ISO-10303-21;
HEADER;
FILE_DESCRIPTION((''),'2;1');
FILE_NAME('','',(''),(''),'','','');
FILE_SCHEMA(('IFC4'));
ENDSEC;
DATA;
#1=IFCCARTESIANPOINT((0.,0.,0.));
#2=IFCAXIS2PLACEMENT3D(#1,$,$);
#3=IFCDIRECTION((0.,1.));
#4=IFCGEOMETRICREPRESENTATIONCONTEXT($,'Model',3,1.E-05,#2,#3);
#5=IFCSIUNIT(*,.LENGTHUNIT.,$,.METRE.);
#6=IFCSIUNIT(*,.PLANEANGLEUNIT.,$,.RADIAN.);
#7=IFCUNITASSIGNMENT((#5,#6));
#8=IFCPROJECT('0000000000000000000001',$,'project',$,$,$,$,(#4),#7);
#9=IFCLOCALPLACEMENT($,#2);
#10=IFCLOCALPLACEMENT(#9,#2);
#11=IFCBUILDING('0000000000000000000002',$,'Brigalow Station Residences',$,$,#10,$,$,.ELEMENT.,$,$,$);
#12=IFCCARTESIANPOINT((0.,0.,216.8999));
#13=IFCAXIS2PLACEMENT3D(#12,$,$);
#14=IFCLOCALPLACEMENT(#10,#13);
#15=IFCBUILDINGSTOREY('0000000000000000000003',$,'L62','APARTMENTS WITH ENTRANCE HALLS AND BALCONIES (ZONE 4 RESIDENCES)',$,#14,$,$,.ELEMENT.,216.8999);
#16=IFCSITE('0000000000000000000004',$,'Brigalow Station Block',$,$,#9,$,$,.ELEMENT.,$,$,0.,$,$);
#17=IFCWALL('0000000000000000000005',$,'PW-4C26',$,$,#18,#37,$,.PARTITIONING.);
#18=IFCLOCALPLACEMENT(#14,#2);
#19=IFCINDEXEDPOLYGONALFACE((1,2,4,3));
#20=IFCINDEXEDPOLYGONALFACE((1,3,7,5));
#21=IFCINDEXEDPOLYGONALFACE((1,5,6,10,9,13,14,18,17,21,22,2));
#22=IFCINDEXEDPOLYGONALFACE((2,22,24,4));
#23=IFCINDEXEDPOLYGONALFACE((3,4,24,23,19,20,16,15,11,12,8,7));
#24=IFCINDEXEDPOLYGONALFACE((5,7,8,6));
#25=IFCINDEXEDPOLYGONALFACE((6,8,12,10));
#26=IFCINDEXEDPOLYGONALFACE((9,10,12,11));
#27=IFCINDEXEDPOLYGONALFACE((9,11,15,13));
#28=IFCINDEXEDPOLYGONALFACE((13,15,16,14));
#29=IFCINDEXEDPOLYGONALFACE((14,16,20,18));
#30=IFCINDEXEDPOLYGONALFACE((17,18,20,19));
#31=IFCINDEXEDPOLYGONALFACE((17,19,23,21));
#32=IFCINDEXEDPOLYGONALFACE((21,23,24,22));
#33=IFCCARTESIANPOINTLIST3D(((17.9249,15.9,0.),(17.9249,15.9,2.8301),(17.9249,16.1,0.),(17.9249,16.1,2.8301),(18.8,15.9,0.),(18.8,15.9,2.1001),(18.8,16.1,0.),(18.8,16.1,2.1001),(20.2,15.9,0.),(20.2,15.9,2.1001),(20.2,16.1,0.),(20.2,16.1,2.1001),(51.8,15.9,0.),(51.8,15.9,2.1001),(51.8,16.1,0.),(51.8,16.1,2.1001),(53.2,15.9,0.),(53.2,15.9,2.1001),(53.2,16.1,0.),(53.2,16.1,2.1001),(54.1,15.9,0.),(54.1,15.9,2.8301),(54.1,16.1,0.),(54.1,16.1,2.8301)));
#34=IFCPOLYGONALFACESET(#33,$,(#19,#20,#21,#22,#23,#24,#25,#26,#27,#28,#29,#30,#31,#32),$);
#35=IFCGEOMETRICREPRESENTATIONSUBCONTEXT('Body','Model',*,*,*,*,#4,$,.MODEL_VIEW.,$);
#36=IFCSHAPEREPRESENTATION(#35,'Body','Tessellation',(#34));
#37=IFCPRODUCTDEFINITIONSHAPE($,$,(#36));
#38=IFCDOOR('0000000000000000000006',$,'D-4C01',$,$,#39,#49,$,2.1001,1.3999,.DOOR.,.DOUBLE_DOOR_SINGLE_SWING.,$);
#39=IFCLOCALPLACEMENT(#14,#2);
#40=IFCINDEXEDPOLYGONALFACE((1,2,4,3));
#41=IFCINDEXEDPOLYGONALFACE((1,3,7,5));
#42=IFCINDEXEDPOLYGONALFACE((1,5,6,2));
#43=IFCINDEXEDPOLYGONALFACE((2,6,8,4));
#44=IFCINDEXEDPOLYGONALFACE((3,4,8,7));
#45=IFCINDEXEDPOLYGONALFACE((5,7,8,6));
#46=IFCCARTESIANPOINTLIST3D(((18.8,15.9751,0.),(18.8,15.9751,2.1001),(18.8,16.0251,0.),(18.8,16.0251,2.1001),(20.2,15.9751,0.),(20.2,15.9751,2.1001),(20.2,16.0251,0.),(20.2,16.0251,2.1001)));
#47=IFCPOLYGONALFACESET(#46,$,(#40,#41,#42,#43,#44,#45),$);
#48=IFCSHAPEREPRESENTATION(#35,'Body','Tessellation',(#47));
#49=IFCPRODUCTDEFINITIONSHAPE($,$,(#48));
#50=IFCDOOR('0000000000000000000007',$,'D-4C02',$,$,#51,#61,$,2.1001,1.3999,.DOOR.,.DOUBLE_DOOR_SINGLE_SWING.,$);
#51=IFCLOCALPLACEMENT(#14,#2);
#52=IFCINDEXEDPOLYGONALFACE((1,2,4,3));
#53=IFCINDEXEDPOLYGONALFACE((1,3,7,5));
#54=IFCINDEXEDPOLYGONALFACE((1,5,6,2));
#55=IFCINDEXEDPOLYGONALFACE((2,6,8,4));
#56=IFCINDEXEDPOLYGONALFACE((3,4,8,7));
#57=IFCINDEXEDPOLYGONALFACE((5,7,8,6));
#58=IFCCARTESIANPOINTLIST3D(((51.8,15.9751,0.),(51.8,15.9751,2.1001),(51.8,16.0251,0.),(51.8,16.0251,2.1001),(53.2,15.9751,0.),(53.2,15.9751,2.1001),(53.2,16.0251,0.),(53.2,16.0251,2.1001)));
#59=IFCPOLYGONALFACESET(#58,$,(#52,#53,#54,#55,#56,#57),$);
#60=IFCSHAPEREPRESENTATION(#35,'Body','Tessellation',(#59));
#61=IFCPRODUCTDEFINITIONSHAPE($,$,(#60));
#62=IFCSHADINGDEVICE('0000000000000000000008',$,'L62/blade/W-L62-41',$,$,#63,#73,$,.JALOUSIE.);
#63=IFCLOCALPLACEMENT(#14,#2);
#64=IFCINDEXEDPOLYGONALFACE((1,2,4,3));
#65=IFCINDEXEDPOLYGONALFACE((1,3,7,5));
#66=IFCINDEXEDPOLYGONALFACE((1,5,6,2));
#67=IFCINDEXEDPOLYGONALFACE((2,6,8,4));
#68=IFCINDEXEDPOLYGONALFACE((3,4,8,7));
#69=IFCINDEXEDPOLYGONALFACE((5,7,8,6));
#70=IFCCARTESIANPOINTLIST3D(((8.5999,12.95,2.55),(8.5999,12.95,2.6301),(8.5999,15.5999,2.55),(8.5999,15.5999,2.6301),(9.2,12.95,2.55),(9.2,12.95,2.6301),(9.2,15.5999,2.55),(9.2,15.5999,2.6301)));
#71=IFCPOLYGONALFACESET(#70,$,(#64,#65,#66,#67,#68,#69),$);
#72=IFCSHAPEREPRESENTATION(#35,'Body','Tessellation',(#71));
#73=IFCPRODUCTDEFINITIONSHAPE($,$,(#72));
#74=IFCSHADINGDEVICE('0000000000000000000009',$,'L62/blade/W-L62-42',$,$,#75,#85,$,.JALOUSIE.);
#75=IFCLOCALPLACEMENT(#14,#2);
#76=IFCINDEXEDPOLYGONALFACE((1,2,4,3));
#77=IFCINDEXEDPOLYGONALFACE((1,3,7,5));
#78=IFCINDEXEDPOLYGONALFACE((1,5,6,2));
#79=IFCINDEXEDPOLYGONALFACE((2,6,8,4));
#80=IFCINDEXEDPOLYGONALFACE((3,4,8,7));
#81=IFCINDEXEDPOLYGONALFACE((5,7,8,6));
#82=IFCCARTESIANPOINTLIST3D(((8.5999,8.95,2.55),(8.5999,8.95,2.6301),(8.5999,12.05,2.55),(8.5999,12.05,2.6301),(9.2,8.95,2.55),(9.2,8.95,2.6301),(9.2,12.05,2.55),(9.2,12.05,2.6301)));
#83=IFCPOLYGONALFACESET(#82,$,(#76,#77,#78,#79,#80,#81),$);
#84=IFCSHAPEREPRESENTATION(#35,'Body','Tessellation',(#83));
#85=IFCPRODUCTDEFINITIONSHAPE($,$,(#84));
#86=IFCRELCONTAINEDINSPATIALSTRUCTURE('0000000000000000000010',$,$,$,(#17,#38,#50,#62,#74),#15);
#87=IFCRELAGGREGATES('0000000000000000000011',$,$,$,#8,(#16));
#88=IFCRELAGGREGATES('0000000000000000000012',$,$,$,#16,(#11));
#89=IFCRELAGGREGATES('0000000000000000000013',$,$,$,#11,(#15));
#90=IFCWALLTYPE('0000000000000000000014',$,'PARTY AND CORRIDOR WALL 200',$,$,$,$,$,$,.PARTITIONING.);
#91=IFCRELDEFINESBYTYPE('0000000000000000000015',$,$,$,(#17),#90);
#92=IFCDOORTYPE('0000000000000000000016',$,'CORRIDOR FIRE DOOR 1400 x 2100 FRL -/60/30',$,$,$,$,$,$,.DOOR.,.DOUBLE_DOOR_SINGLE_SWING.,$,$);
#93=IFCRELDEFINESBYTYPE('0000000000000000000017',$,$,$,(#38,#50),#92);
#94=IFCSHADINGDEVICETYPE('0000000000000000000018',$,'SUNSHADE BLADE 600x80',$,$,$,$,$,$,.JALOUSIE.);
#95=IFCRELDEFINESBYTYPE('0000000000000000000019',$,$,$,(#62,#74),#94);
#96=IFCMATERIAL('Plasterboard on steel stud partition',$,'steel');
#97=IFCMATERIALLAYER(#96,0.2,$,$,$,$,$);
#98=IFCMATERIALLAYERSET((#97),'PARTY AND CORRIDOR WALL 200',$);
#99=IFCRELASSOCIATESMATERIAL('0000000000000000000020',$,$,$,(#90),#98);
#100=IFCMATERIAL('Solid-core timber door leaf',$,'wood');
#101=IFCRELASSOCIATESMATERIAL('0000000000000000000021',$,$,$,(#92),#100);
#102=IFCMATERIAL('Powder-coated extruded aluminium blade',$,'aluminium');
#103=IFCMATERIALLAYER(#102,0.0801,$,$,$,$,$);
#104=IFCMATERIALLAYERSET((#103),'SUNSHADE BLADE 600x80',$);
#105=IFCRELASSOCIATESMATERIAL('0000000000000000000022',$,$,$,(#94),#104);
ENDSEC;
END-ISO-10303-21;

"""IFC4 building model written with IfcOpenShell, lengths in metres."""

from ifc_helpers import new_model, si_unit, direction, frame, frame_2d, origin, origin_2d, place, context, subcontext, project, spatial, rectangle, extrude, material, layer, layer_set, type_object, element, fill, save


model = new_model("IFC4")

# Units and contexts
model_context = context("Model", 3, precision=1e-05, world=origin(), true_north=direction((0.0, 1.0)))
body_context = subcontext(model_context, "Body", "Model", "MODEL_VIEW")
ifc_project = project(units=[si_unit("LENGTHUNIT", "METRE"), si_unit("PLANEANGLEUNIT", "RADIAN")], contexts=[model_context])

# Site, building, storey
site_placement = place(None, origin())
site = spatial("IfcSite", under=ifc_project, at=site_placement, Name="Brigalow Station Block", CompositionType="ELEMENT", RefElevation=0.0)
building_placement = place(site_placement, origin())
building = spatial("IfcBuilding", under=site, at=building_placement, Name="Brigalow Station Residences", CompositionType="ELEMENT")
storey_placement = place(building_placement, frame((0.0, 0.0, 216.8999)))
storey = spatial("IfcBuildingStorey", under=building, at=storey_placement, Name="L62", Description="APARTMENTS WITH ENTRANCE HALLS AND BALCONIES (ZONE 4 RESIDENCES)", CompositionType="ELEMENT", Elevation=216.8999)

# Wall, openings, doors
ifc_material_1 = material(Name="Plasterboard on steel stud partition", Category="steel")
ifc_layer_1 = layer(ifc_material_1, 0.2)
ifc_layer_set_1 = layer_set([ifc_layer_1], Name="PARTY AND CORRIDOR WALL 200")
wall_type_1 = type_object("IfcWallType", Name="PARTY AND CORRIDOR WALL 200", PredefinedType="PARTITIONING", material=ifc_layer_set_1)
wall_1_placement = place(storey_placement, frame((17.925, 16.0, 0.0), z_axis=(0.0, 0.0, 1.0), x_axis=(1.0, 0.0, 0.0)))
wall_1 = element("IfcWall", 1, at=wall_1_placement, inside=storey, type_object=wall_type_1, Name="PW-4C26", PredefinedType="PARTITIONING", context=body_context, shape_type="SweptSolid", body=[
    extrude(rectangle(XDim=36.175, YDim=0.2, at=frame_2d((18.0874, 0.0))), origin(), (0.0, 0.0, 1.0), 2.8301),
])
opening_1_placement = place(wall_1_placement, frame((0.875, 0.0, 0.0)))
opening_1 = element("IfcOpeningElement", 2, at=opening_1_placement, cuts=wall_1, PredefinedType="OPENING", context=body_context, shape_type="SweptSolid", body=[
    extrude(rectangle(XDim=1.3999, YDim=2.1001, at=frame_2d((0.7, 1.05))), frame((0.0, 0.1099, 0.0), z_axis=(0.0, -1.0, 0.0), x_axis=(1.0, 0.0, 0.0)), (0.0, 0.0, 1.0), 0.22),
])
opening_2_placement = place(wall_1_placement, frame((33.875, 0.0, 0.0)))
opening_2 = element("IfcOpeningElement", 3, at=opening_2_placement, cuts=wall_1, PredefinedType="OPENING", context=body_context, shape_type="SweptSolid", body=[
    extrude(rectangle(XDim=1.3999, YDim=2.1001, at=frame_2d((0.7, 1.05))), frame((0.0, 0.1099, 0.0), z_axis=(0.0, -1.0, 0.0), x_axis=(1.0, 0.0, 0.0)), (0.0, 0.0, 1.0), 0.22),
])
ifc_material_2 = material(Name="Solid-core timber door leaf", Category="wood")
door_type_1 = type_object("IfcDoorType", Name="CORRIDOR FIRE DOOR 1400 x 2100 FRL -/60/30", OperationType="DOUBLE_DOOR_SINGLE_SWING", PredefinedType="DOOR", material=ifc_material_2)
door_1_placement = place(opening_1_placement, frame((1.3999, 0.0, 0.0), z_axis=(0.0, 0.0, 1.0), x_axis=(-1.0, 0.0, 0.0)))
door_1 = element("IfcDoor", 4, at=door_1_placement, inside=storey, type_object=door_type_1, Name="D-4C01", OperationType="DOUBLE_DOOR_SINGLE_SWING", OverallHeight=2.1001, OverallWidth=1.3999, PredefinedType="DOOR", context=body_context, shape_type="SweptSolid", body=[
    extrude(rectangle(XDim=1.3999, YDim=2.1001, at=frame_2d((0.7, 1.05))), frame((0.0, 0.0249, 0.0), z_axis=(0.0, -1.0, 0.0), x_axis=(1.0, 0.0, 0.0)), (0.0, 0.0, 1.0), 0.05),
])
fill(opening_1, door_1)
door_2_placement = place(opening_2_placement, frame((1.3999, 0.0, 0.0), z_axis=(0.0, 0.0, 1.0), x_axis=(-1.0, 0.0, 0.0)))
door_2 = element("IfcDoor", 5, at=door_2_placement, inside=storey, type_object=door_type_1, Name="D-4C02", OperationType="DOUBLE_DOOR_SINGLE_SWING", OverallHeight=2.1001, OverallWidth=1.3999, PredefinedType="DOOR", context=body_context, shape_type="SweptSolid", body=[
    extrude(rectangle(XDim=1.3999, YDim=2.1001, at=frame_2d((0.7, 1.05))), frame((0.0, 0.0249, 0.0), z_axis=(0.0, -1.0, 0.0), x_axis=(1.0, 0.0, 0.0)), (0.0, 0.0, 1.0), 0.05),
])
fill(opening_2, door_2)

# Shading devices
ifc_material_3 = material(Name="Powder-coated extruded aluminium blade", Category="aluminium")
ifc_layer_2 = layer(ifc_material_3, 0.0801)
ifc_layer_set_2 = layer_set([ifc_layer_2], Name="SUNSHADE BLADE 600x80")
shading_device_type = type_object("IfcShadingDeviceType", Name="SUNSHADE BLADE 600x80", PredefinedType="JALOUSIE", material=ifc_layer_set_2)
shading_device_1_placement = place(storey_placement, frame((8.8999, 14.2749, 2.55), z_axis=(0.0, 0.0, 1.0), x_axis=(0.0, -1.0, 0.0)))
element("IfcShadingDevice", 6, at=shading_device_1_placement, inside=storey, type_object=shading_device_type, Name="L62/blade/W-L62-41", PredefinedType="JALOUSIE", context=body_context, shape_type="SweptSolid", body=[
    extrude(rectangle(XDim=2.6499, YDim=0.6001, at=origin_2d()), origin(), (0.0, 0.0, 1.0), 0.0801),
])
shading_device_2_placement = place(storey_placement, frame((8.8999, 10.5, 2.55), z_axis=(0.0, 0.0, 1.0), x_axis=(0.0, -1.0, 0.0)))
element("IfcShadingDevice", 7, at=shading_device_2_placement, inside=storey, type_object=shading_device_type, Name="L62/blade/W-L62-42", PredefinedType="JALOUSIE", context=body_context, shape_type="SweptSolid", body=[
    extrude(rectangle(XDim=3.1001, YDim=0.6001, at=origin_2d()), origin(), (0.0, 0.0, 1.0), 0.0801),
])

save(model, "model.ifc")
